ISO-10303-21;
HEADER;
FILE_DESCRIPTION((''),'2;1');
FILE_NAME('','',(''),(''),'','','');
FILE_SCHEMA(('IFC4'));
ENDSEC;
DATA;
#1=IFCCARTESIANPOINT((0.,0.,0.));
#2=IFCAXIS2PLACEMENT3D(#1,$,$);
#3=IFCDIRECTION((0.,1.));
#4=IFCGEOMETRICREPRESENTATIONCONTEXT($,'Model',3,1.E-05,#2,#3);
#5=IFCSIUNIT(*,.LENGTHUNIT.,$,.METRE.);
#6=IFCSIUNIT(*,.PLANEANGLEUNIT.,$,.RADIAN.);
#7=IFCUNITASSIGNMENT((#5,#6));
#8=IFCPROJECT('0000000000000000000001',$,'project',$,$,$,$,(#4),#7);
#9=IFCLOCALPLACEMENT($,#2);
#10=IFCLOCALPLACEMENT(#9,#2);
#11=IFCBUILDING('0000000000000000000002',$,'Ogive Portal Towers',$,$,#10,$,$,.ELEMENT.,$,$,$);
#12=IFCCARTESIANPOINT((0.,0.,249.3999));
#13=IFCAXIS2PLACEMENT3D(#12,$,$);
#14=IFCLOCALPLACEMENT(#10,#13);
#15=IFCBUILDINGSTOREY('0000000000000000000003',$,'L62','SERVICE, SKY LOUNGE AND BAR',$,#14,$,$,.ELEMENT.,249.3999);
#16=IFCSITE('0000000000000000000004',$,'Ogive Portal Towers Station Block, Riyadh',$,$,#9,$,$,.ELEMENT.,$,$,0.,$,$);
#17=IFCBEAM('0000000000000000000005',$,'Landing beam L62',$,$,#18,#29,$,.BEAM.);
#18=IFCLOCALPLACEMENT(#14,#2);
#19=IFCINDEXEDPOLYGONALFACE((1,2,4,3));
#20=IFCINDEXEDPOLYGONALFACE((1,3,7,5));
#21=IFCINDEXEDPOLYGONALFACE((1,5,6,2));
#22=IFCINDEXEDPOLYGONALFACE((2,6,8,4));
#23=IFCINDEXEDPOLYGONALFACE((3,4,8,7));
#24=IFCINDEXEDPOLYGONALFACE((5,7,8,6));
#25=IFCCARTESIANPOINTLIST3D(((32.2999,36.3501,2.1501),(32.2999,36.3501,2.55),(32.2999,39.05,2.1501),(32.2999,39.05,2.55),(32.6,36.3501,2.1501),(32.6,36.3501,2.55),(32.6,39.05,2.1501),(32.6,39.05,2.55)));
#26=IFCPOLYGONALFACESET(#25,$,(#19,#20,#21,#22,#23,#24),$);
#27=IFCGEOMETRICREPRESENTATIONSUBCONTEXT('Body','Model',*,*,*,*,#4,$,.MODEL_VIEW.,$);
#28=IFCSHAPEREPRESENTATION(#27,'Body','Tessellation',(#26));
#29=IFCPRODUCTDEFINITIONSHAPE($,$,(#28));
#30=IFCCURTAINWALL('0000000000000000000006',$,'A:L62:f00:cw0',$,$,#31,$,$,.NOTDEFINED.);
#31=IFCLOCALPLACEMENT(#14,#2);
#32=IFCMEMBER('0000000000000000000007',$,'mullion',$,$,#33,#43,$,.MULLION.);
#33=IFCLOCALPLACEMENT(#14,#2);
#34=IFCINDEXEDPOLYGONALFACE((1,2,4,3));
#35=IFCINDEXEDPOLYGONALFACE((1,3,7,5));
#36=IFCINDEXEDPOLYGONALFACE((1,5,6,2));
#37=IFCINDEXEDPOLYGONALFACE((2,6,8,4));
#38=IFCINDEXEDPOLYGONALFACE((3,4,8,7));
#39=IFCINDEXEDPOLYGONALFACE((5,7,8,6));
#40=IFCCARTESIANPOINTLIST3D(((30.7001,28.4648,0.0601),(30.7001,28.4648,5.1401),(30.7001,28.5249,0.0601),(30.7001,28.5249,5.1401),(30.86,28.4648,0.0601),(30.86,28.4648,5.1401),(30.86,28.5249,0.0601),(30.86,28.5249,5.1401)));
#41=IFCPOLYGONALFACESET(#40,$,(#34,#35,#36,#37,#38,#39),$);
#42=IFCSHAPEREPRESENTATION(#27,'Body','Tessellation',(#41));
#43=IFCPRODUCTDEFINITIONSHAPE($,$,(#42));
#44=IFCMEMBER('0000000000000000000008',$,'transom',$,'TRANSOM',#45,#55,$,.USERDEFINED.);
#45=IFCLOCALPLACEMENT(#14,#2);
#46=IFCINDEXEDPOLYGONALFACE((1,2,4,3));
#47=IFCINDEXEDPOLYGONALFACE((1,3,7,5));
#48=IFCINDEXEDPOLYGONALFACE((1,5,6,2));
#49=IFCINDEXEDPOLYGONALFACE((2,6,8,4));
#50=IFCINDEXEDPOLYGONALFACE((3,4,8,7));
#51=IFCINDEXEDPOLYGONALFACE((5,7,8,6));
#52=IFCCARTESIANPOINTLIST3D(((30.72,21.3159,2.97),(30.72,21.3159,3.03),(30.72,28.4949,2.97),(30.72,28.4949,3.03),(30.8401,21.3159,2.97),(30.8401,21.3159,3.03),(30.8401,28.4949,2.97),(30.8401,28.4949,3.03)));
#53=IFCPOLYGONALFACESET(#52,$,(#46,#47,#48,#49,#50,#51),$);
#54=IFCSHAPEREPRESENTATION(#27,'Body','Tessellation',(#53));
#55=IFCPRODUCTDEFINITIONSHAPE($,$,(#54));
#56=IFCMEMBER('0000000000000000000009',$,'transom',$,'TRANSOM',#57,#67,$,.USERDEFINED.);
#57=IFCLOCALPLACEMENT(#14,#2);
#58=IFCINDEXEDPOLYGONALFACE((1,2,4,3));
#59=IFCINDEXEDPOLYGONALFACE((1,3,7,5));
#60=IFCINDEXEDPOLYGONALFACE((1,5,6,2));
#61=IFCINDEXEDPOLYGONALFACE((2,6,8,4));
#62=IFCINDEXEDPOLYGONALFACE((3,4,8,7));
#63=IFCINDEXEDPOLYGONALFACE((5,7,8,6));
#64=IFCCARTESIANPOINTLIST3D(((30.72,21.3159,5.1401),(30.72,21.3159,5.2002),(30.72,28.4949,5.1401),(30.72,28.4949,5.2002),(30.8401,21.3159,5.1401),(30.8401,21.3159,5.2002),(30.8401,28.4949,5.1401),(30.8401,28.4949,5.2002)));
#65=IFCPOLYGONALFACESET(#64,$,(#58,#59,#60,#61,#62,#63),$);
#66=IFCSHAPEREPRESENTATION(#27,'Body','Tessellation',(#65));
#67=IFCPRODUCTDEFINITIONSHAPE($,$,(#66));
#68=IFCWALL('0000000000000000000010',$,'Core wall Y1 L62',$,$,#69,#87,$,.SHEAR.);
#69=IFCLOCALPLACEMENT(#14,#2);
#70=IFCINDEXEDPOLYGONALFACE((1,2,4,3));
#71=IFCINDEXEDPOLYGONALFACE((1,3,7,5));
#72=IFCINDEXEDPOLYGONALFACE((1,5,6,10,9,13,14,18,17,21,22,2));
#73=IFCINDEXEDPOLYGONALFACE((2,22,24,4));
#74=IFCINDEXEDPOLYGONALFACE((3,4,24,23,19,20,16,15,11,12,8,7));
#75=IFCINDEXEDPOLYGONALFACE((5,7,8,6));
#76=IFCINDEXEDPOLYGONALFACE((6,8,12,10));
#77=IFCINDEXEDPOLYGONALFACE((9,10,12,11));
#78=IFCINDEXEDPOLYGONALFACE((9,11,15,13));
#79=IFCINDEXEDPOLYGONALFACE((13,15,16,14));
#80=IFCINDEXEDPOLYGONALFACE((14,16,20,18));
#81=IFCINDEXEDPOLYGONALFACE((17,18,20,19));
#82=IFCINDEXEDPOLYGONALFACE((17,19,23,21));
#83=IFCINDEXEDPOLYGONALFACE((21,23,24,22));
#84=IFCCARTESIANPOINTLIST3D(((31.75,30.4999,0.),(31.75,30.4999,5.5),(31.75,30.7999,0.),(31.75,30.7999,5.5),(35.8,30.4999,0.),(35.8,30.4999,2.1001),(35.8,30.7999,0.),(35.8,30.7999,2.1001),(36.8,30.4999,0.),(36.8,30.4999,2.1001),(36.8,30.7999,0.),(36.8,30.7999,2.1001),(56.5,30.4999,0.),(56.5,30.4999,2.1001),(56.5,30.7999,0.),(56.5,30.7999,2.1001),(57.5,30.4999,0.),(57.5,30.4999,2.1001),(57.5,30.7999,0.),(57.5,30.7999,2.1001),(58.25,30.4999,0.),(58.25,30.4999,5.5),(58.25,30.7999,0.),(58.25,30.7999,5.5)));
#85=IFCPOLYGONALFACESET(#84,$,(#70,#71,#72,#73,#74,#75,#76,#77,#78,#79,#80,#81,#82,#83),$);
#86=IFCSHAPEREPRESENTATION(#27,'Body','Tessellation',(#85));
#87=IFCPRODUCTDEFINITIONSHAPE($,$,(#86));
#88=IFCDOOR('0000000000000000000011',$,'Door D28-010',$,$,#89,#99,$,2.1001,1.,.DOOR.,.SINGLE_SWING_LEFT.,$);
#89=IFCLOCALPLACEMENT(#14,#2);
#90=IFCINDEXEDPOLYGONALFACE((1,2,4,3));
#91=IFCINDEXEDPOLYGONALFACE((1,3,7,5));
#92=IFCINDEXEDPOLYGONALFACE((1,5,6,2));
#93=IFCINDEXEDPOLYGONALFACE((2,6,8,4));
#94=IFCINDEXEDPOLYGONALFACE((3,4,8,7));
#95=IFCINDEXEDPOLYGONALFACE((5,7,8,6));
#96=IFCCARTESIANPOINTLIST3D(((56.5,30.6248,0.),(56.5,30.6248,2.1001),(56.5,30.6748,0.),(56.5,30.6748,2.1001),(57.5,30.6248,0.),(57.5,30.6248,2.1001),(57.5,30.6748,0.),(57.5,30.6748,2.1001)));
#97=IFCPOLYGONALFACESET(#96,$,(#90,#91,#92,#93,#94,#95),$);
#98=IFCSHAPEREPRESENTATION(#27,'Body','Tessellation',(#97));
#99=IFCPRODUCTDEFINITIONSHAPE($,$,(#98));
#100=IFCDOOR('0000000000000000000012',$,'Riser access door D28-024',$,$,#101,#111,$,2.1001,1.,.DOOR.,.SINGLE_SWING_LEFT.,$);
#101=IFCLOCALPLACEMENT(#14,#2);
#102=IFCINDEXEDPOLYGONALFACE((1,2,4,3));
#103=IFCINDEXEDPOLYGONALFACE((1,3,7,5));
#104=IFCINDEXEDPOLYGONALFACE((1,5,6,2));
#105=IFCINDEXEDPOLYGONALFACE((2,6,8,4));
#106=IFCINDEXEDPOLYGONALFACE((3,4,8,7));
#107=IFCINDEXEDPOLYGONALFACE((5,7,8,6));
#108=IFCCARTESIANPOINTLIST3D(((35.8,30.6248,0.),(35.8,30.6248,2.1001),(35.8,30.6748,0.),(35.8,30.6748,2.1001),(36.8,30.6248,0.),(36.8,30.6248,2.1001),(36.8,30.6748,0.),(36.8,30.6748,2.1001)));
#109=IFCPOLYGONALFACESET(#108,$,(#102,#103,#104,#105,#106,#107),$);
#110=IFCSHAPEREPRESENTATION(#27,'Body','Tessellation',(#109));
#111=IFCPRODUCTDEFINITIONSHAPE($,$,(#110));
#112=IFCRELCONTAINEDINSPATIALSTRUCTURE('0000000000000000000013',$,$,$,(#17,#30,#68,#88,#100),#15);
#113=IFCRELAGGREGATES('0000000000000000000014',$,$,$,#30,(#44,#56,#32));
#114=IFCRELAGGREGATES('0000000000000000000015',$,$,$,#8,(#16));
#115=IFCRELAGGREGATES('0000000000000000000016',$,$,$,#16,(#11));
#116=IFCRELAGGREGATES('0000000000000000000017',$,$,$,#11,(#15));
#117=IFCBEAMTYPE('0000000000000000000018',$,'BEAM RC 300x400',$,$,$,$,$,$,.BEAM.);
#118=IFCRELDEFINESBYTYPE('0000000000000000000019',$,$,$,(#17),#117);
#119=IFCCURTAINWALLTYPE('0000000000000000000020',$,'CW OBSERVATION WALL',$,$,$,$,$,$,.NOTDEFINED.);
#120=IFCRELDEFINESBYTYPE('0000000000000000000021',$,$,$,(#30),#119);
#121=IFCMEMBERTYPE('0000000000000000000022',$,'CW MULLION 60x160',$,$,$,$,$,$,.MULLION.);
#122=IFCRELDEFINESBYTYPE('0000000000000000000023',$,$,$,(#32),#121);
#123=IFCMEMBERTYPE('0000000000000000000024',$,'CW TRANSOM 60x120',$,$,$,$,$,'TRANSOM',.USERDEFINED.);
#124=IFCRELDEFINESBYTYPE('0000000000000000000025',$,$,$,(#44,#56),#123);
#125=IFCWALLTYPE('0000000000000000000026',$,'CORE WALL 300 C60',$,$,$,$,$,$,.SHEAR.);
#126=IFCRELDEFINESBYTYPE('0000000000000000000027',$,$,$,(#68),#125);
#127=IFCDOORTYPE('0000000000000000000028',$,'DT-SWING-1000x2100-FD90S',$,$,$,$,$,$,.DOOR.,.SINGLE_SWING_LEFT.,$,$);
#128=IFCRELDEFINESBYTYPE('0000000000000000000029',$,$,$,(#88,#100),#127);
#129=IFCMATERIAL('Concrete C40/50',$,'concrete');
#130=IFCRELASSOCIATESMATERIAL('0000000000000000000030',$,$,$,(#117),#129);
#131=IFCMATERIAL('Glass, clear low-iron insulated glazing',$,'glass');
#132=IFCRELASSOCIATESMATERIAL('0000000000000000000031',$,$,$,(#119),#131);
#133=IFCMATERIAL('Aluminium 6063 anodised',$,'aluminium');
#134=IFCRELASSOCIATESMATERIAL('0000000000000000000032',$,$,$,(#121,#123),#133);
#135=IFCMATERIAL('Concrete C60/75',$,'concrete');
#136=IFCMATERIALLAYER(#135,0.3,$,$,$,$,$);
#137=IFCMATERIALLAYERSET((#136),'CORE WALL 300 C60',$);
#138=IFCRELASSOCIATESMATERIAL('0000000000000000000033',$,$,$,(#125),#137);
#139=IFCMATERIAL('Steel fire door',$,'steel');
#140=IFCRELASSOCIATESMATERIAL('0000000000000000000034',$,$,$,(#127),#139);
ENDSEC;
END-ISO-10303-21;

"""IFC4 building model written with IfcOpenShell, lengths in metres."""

from ifc_helpers import new_model, si_unit, direction, frame, frame_2d, origin, origin_2d, place, context, subcontext, project, spatial, rectangle, extrude, material, layer, layer_set, material_profile, profile_set, type_object, element, fill, aggregate, save


model = new_model("IFC4")

# Units and contexts
model_context = context("Model", 3, precision=1e-05, world=origin(), true_north=direction((0.0, 1.0)))
body_context = subcontext(model_context, "Body", "Model", "MODEL_VIEW")
ifc_project = project(units=[si_unit("LENGTHUNIT", "METRE"), si_unit("PLANEANGLEUNIT", "RADIAN")], contexts=[model_context])

# Site, building, storey
site_placement = place(None, origin())
site = spatial("IfcSite", under=ifc_project, at=site_placement, Name="Ogive Portal Towers Station Block, Riyadh", CompositionType="ELEMENT", RefElevation=0.0)
building_placement = place(site_placement, origin())
building = spatial("IfcBuilding", under=site, at=building_placement, Name="Ogive Portal Towers", CompositionType="ELEMENT")
storey_placement = place(building_placement, frame((0.0, 0.0, 249.3999)))
storey = spatial("IfcBuildingStorey", under=building, at=storey_placement, Name="L62", Description="SERVICE, SKY LOUNGE AND BAR", CompositionType="ELEMENT", Elevation=249.3999)

# Beam
ifc_material_1 = material(Name="Concrete C40/50", Category="concrete")
ifc_material_profile_1 = material_profile(ifc_material_1, rectangle(XDim=0.3, YDim=0.3999, at=origin_2d()), Name="RC 300x400")
ifc_profile_set_1 = profile_set([ifc_material_profile_1], Name="Concrete C40/50")
beam_type = type_object("IfcBeamType", Name="BEAM RC 300x400", PredefinedType="BEAM", material=ifc_profile_set_1)
beam_placement = place(storey_placement, frame((32.45, 36.3501, 2.3501), z_axis=(0.0, 1.0, 0.0), x_axis=(-1.0, 0.0, 0.0)))
element("IfcBeam", 1, at=beam_placement, inside=storey, type_object=beam_type, Name="Landing beam L62", PredefinedType="BEAM", context=body_context, shape_type="SweptSolid", body=[
    extrude(rectangle(XDim=0.3, YDim=0.3999, at=origin_2d()), origin(), (0.0, 0.0, 1.0), 2.7),
])

# Curtain wall, members
ifc_material_2 = material(Name="Glass, clear low-iron insulated glazing", Category="glass")
curtain_wall_type = type_object("IfcCurtainWallType", Name="CW OBSERVATION WALL", PredefinedType="NOTDEFINED", material=ifc_material_2)
curtain_wall_placement = place(storey_placement, origin())
curtain_wall = element("IfcCurtainWall", 2, at=curtain_wall_placement, inside=storey, type_object=curtain_wall_type, Name="A:L62:f00:cw0", PredefinedType="NOTDEFINED")
ifc_material_3 = material(Name="Aluminium 6063 anodised", Category="aluminium")
ifc_material_profile_2 = material_profile(ifc_material_3, rectangle(XDim=0.1599, YDim=0.0601, at=origin_2d()), Name="AL 60x160")
ifc_profile_set_2 = profile_set([ifc_material_profile_2], Name="Aluminium 6063 anodised")
member_type_1 = type_object("IfcMemberType", Name="CW MULLION 60x160", PredefinedType="MULLION", material=ifc_profile_set_2)
member_1_placement = place(storey_placement, frame((30.78, 28.4949, 0.0601), z_axis=(0.0, 0.0, 1.0), x_axis=(1.0, 0.0, 0.0)))
member_1 = element("IfcMember", 3, at=member_1_placement, type_object=member_type_1, Name="mullion", PredefinedType="MULLION", context=body_context, shape_type="SweptSolid", body=[
    extrude(rectangle(XDim=0.1599, YDim=0.0601, at=origin_2d()), origin(), (0.0, 0.0, 1.0), 5.0801),
])
ifc_material_profile_3 = material_profile(ifc_material_3, rectangle(XDim=0.1201, YDim=0.0601, at=origin_2d()), Name="AL 120x60")
ifc_profile_set_3 = profile_set([ifc_material_profile_3], Name="Aluminium 6063 anodised")
member_type_2 = type_object("IfcMemberType", Name="CW TRANSOM 60x120", ElementType="TRANSOM", PredefinedType="USERDEFINED", material=ifc_profile_set_3)
member_2_placement = place(storey_placement, frame((30.78, 28.4949, 3.0), z_axis=(0.0, -1.0, 0.0), x_axis=(1.0, 0.0, 0.0)))
member_2 = element("IfcMember", 4, at=member_2_placement, type_object=member_type_2, Name="transom", ObjectType="TRANSOM", PredefinedType="USERDEFINED", context=body_context, shape_type="SweptSolid", body=[
    extrude(rectangle(XDim=0.1201, YDim=0.0601, at=origin_2d()), origin(), (0.0, 0.0, 1.0), 7.179),
])
member_3_placement = place(storey_placement, frame((30.78, 28.4949, 5.1702), z_axis=(0.0, -1.0, 0.0), x_axis=(1.0, 0.0, 0.0)))
member_3 = element("IfcMember", 5, at=member_3_placement, type_object=member_type_2, Name="transom", ObjectType="TRANSOM", PredefinedType="USERDEFINED", context=body_context, shape_type="SweptSolid", body=[
    extrude(rectangle(XDim=0.1201, YDim=0.0601, at=origin_2d()), origin(), (0.0, 0.0, 1.0), 7.179),
])
aggregate(curtain_wall, [member_2, member_3, member_1])

# Wall, openings, doors
ifc_material_4 = material(Name="Concrete C60/75", Category="concrete")
ifc_layer_1 = layer(ifc_material_4, 0.3)
ifc_layer_set_1 = layer_set([ifc_layer_1], Name="CORE WALL 300 C60")
wall_type_1 = type_object("IfcWallType", Name="CORE WALL 300 C60", PredefinedType="SHEAR", material=ifc_layer_set_1)
wall_1_placement = place(storey_placement, frame((31.75, 30.6499, 0.0), z_axis=(0.0, 0.0, 1.0), x_axis=(1.0, 0.0, 0.0)))
wall_1 = element("IfcWall", 6, at=wall_1_placement, inside=storey, type_object=wall_type_1, Name="Core wall Y1 L62", PredefinedType="SHEAR", context=body_context, shape_type="SweptSolid", body=[
    extrude(rectangle(XDim=26.5, YDim=0.3, at=frame_2d((13.25, 0.0))), origin(), (0.0, 0.0, 1.0), 5.5),
])
opening_1_placement = place(wall_1_placement, frame((24.75, 0.0, 0.0)))
opening_1 = element("IfcOpeningElement", 7, at=opening_1_placement, cuts=wall_1, PredefinedType="OPENING", context=body_context, shape_type="SweptSolid", body=[
    extrude(rectangle(XDim=1.0, YDim=2.1001, at=frame_2d((0.5, 1.05))), frame((0.0, 0.1602, 0.0), z_axis=(0.0, -1.0, 0.0), x_axis=(1.0, 0.0, 0.0)), (0.0, 0.0, 1.0), 0.3201),
])
opening_2_placement = place(wall_1_placement, frame((4.05, 0.0, 0.0)))
opening_2 = element("IfcOpeningElement", 8, at=opening_2_placement, cuts=wall_1, PredefinedType="OPENING", context=body_context, shape_type="SweptSolid", body=[
    extrude(rectangle(XDim=1.0, YDim=2.1001, at=frame_2d((0.5, 1.05))), frame((0.0, 0.1602, 0.0), z_axis=(0.0, -1.0, 0.0), x_axis=(1.0, 0.0, 0.0)), (0.0, 0.0, 1.0), 0.3201),
])
ifc_material_5 = material(Name="Steel fire door", Category="steel")
door_type_1 = type_object("IfcDoorType", Name="DT-SWING-1000x2100-FD90S", OperationType="SINGLE_SWING_LEFT", PredefinedType="DOOR", material=ifc_material_5)
door_1_placement = place(opening_1_placement, origin())
door_1 = element("IfcDoor", 9, at=door_1_placement, inside=storey, type_object=door_type_1, Name="Door D28-010", OperationType="SINGLE_SWING_LEFT", OverallHeight=2.1001, OverallWidth=1.0, PredefinedType="DOOR", context=body_context, shape_type="SweptSolid", body=[
    extrude(rectangle(XDim=1.0, YDim=2.1001, at=frame_2d((0.5, 1.05))), frame((0.0, 0.0249, 0.0), z_axis=(0.0, -1.0, 0.0), x_axis=(1.0, 0.0, 0.0)), (0.0, 0.0, 1.0), 0.05),
])
fill(opening_1, door_1)
door_2_placement = place(opening_2_placement, origin())
door_2 = element("IfcDoor", 10, at=door_2_placement, inside=storey, type_object=door_type_1, Name="Riser access door D28-024", OperationType="SINGLE_SWING_LEFT", OverallHeight=2.1001, OverallWidth=1.0, PredefinedType="DOOR", context=body_context, shape_type="SweptSolid", body=[
    extrude(rectangle(XDim=1.0, YDim=2.1001, at=frame_2d((0.5, 1.05))), frame((0.0, 0.0249, 0.0), z_axis=(0.0, -1.0, 0.0), x_axis=(1.0, 0.0, 0.0)), (0.0, 0.0, 1.0), 0.05),
])
fill(opening_2, door_2)

save(model, "model.ifc")
